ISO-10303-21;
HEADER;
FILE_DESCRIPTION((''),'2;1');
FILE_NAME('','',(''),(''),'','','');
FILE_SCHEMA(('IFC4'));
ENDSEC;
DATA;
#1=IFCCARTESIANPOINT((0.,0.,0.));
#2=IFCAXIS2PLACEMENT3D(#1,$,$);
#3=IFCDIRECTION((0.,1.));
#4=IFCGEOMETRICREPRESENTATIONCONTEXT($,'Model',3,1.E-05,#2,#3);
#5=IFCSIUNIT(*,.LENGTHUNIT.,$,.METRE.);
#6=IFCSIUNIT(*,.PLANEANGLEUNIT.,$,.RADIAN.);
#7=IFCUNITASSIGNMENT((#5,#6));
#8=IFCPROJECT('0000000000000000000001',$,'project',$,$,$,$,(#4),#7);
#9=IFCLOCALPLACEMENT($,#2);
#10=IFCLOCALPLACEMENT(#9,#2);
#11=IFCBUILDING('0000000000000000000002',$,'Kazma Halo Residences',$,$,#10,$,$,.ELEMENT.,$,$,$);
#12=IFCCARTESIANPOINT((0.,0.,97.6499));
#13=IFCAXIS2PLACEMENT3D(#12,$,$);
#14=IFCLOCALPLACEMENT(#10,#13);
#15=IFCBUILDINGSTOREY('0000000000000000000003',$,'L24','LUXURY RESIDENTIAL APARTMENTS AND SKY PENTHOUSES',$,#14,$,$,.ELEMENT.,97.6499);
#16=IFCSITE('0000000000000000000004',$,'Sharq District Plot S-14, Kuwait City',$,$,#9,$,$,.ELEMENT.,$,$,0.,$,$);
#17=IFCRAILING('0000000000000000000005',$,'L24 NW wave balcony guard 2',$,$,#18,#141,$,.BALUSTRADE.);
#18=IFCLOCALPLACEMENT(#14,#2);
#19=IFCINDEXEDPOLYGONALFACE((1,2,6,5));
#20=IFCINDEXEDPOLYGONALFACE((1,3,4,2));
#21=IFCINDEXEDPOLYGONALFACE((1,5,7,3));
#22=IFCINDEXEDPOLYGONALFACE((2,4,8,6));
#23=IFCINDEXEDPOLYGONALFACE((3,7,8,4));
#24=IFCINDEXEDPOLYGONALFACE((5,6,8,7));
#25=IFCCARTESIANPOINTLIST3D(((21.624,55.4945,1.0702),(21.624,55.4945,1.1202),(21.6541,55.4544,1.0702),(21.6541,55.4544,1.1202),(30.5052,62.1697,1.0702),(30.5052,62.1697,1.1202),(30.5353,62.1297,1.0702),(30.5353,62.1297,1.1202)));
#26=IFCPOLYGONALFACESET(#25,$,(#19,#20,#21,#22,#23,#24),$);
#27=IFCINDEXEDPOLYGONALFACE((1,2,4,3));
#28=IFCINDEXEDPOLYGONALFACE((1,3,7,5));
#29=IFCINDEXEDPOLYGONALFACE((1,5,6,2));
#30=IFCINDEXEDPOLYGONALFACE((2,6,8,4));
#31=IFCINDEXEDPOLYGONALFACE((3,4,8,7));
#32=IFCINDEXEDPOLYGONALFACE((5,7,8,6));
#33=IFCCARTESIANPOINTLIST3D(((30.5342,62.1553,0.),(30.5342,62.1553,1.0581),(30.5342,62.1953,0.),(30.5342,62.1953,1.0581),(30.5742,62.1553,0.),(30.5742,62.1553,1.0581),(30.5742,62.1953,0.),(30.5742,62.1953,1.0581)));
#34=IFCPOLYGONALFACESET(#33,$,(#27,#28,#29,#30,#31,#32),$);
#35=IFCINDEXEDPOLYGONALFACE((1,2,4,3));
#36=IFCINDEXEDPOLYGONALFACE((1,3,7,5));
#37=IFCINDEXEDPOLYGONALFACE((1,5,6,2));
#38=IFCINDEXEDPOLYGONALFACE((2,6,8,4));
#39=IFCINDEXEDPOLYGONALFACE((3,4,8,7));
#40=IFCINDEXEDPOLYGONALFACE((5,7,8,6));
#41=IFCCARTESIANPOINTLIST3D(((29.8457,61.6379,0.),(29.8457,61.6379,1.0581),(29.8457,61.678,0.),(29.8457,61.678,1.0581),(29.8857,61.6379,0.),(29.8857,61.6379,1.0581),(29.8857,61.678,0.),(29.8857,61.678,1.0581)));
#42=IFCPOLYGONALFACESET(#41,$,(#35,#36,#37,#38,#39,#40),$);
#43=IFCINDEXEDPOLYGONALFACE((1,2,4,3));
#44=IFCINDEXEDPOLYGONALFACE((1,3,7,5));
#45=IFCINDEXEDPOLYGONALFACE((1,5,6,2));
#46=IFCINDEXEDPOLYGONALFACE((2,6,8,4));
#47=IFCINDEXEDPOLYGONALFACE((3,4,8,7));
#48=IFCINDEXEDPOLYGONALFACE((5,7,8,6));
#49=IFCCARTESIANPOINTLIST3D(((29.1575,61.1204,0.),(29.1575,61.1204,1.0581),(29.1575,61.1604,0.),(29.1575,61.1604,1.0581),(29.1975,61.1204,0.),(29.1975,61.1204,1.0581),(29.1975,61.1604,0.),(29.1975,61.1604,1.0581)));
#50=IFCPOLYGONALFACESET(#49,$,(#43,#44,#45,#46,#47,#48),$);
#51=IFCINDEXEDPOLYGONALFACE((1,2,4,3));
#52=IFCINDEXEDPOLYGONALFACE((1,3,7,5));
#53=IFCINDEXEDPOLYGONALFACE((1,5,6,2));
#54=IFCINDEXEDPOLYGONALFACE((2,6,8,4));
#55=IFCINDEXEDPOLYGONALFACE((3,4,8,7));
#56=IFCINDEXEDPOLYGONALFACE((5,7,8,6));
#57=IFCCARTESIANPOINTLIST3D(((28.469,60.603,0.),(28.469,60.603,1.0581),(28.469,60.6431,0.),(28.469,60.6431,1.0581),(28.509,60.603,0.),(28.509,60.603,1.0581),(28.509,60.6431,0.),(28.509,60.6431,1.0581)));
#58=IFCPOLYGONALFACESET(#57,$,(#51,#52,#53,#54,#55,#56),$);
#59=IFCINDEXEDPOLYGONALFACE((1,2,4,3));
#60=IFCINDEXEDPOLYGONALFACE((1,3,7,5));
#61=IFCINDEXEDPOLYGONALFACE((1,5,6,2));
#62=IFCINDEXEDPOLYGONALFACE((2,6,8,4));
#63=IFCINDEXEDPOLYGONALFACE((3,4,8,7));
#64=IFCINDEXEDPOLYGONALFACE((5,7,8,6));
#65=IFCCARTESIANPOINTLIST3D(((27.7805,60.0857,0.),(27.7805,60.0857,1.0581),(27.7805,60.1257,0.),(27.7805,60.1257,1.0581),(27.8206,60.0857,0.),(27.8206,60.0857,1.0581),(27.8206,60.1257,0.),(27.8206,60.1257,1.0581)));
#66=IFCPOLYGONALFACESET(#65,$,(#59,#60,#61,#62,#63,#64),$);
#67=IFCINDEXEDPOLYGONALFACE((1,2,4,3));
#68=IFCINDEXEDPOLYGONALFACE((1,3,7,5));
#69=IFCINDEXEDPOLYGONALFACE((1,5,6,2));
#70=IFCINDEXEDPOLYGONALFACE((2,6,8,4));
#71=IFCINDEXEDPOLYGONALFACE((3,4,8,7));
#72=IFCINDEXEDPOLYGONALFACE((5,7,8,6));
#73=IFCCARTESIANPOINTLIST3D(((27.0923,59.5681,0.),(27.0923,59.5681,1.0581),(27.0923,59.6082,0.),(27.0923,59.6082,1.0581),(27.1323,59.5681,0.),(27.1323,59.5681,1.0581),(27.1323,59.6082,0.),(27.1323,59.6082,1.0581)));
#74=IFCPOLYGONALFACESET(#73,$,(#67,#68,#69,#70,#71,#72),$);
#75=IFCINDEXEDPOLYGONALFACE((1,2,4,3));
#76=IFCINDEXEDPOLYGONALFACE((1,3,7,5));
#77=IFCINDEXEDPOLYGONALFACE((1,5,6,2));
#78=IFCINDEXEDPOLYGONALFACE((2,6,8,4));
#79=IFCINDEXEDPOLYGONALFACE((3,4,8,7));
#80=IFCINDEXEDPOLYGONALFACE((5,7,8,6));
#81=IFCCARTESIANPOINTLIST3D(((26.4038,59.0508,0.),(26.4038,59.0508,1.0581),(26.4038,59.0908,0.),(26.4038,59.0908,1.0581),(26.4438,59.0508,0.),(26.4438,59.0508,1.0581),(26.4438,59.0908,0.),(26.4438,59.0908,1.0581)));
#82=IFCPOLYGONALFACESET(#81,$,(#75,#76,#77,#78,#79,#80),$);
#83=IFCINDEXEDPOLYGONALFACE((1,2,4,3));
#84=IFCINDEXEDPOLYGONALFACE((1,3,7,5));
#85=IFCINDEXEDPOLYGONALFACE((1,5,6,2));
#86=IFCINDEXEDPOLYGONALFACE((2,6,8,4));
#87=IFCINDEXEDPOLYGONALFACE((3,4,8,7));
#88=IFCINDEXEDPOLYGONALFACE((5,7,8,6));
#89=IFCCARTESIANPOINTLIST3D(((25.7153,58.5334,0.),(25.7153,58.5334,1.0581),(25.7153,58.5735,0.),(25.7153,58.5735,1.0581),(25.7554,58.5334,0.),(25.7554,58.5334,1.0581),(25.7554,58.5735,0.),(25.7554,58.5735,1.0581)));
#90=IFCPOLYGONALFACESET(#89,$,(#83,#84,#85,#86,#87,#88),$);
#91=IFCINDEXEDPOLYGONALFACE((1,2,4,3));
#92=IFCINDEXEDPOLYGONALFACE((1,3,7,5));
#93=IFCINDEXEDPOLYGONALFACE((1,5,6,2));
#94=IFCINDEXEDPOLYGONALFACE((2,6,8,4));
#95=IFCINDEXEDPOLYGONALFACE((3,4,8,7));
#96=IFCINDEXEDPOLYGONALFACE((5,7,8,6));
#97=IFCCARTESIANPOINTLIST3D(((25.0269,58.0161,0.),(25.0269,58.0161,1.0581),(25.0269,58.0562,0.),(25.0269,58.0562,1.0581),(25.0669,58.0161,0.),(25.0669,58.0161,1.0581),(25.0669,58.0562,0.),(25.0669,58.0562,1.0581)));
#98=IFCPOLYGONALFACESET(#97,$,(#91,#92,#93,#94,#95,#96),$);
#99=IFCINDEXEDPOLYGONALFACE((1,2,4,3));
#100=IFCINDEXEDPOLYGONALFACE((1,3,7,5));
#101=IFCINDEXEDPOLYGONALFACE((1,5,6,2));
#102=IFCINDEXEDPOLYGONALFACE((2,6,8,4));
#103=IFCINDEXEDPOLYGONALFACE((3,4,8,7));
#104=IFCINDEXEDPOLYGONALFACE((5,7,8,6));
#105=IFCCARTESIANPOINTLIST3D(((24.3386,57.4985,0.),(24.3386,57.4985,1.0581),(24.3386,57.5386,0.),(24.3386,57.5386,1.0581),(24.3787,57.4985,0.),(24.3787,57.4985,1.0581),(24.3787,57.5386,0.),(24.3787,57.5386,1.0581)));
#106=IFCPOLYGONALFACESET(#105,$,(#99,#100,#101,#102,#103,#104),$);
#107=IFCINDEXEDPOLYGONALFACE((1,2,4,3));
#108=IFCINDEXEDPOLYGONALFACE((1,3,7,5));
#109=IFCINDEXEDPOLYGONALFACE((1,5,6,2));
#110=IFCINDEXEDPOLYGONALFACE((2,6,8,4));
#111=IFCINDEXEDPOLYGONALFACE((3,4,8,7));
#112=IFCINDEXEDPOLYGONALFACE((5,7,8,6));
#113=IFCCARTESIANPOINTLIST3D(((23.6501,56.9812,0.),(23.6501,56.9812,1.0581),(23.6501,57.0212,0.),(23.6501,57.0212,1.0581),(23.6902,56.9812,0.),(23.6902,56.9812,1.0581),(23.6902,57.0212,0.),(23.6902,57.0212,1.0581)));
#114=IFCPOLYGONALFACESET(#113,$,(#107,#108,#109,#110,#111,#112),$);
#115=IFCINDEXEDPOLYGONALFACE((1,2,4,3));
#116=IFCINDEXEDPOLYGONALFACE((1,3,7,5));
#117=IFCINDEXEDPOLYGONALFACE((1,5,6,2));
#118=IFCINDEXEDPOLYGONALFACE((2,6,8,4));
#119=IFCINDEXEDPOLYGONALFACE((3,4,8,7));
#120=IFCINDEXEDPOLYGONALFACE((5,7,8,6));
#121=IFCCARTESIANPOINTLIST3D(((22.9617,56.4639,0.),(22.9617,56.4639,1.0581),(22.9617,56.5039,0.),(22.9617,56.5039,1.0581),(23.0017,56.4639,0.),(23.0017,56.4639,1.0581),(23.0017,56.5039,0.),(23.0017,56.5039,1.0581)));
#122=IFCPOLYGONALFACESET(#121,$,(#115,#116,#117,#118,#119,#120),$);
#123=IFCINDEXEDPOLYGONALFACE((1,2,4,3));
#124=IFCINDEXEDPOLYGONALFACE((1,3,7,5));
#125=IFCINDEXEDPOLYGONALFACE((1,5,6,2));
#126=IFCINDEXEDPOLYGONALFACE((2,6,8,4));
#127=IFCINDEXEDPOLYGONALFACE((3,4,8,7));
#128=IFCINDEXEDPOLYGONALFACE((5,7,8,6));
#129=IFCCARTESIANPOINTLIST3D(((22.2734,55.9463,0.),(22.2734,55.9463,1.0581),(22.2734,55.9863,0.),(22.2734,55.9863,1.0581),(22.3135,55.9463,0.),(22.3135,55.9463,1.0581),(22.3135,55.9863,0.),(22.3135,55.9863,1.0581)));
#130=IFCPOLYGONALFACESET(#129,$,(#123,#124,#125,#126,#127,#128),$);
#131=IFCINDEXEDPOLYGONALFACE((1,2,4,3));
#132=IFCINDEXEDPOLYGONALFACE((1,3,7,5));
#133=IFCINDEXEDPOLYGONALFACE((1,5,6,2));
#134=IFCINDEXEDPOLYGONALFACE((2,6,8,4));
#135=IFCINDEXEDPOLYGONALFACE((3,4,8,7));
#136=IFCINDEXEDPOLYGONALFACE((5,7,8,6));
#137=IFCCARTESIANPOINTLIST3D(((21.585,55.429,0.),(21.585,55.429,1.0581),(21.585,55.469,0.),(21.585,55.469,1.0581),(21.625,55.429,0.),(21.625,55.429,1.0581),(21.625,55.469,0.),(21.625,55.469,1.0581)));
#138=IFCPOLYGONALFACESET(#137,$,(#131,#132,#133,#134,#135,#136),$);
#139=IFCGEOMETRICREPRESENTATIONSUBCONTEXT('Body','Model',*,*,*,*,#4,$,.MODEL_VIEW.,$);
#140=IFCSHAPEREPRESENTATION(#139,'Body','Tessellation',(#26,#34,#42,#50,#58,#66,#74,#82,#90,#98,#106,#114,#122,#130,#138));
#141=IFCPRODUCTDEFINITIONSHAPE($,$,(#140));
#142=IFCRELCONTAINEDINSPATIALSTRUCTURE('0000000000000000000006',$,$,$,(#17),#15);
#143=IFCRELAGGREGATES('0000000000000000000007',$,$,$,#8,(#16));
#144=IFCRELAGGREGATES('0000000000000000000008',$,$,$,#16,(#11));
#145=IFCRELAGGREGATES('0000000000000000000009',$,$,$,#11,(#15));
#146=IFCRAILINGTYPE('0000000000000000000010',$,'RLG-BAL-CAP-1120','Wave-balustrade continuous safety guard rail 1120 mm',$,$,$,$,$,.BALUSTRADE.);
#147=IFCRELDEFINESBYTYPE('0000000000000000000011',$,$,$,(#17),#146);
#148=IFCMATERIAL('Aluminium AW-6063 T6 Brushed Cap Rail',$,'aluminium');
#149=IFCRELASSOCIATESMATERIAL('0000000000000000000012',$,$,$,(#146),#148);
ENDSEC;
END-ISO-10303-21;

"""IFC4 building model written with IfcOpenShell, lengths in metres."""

from ifc_helpers import new_model, si_unit, direction, frame, origin, origin_2d, place, context, subcontext, project, spatial, rectangle, extrude, material, type_object, element, save


model = new_model("IFC4")

# Units and contexts
model_context = context("Model", 3, precision=1e-05, world=origin(), true_north=direction((0.0, 1.0)))
body_context = subcontext(model_context, "Body", "Model", "MODEL_VIEW")
ifc_project = project(units=[si_unit("LENGTHUNIT", "METRE"), si_unit("PLANEANGLEUNIT", "RADIAN")], contexts=[model_context])

# Site, building, storey
site_placement = place(None, origin())
site = spatial("IfcSite", under=ifc_project, at=site_placement, Name="Sharq District Plot S-14, Kuwait City", CompositionType="ELEMENT", RefElevation=0.0)
building_placement = place(site_placement, origin())
building = spatial("IfcBuilding", under=site, at=building_placement, Name="Kazma Halo Residences", CompositionType="ELEMENT")
storey_placement = place(building_placement, frame((0.0, 0.0, 97.6499)))
storey = spatial("IfcBuildingStorey", under=building, at=storey_placement, Name="L24", Description="LUXURY RESIDENTIAL APARTMENTS AND SKY PENTHOUSES", CompositionType="ELEMENT", Elevation=97.6499)

# Railing
ifc_material_1 = material(Name="Aluminium AW-6063 T6 Brushed Cap Rail", Category="aluminium")
railing_type = type_object("IfcRailingType", Name="RLG-BAL-CAP-1120", Description="Wave-balustrade continuous safety guard rail 1120 mm", PredefinedType="BALUSTRADE", material=ifc_material_1)
railing_1_placement = place(storey_placement, frame((30.5542, 62.1753, 0.0)))
element("IfcRailing", 1, at=railing_1_placement, inside=storey, type_object=railing_type, Name="L24 NW wave balcony guard 2", PredefinedType="BALUSTRADE", context=body_context, shape_type="SweptSolid", body=[
    extrude(rectangle(XDim=0.05, YDim=0.05, at=origin_2d()), frame((-0.0339, -0.0256, 1.0952), z_axis=(-0.799382, -0.600823, 0.0), x_axis=(0.600823, -0.799382, 0.0)), (0.0, 0.0, 1.0), 11.1101),
    extrude(rectangle(XDim=0.04, YDim=0.04, at=origin_2d()), origin(), (0.0, 0.0, 1.0), 1.0581),
    extrude(rectangle(XDim=0.04, YDim=0.04, at=origin_2d()), frame((-0.6885, -0.5173, 0.0)), (0.0, 0.0, 1.0), 1.0581),
    extrude(rectangle(XDim=0.04, YDim=0.04, at=origin_2d()), frame((-1.3767, -1.0349, 0.0)), (0.0, 0.0, 1.0), 1.0581),
    extrude(rectangle(XDim=0.04, YDim=0.04, at=origin_2d()), frame((-2.0652, -1.5522, 0.0)), (0.0, 0.0, 1.0), 1.0581),
    extrude(rectangle(XDim=0.04, YDim=0.04, at=origin_2d()), frame((-2.7537, -2.0696, 0.0)), (0.0, 0.0, 1.0), 1.0581),
    extrude(rectangle(XDim=0.04, YDim=0.04, at=origin_2d()), frame((-3.4419, -2.5872, 0.0)), (0.0, 0.0, 1.0), 1.0581),
    extrude(rectangle(XDim=0.04, YDim=0.04, at=origin_2d()), frame((-4.1304, -3.1045, 0.0)), (0.0, 0.0, 1.0), 1.0581),
    extrude(rectangle(XDim=0.04, YDim=0.04, at=origin_2d()), frame((-4.8188, -3.6218, 0.0)), (0.0, 0.0, 1.0), 1.0581),
    extrude(rectangle(XDim=0.04, YDim=0.04, at=origin_2d()), frame((-5.5073, -4.1392, 0.0)), (0.0, 0.0, 1.0), 1.0581),
    extrude(rectangle(XDim=0.04, YDim=0.04, at=origin_2d()), frame((-6.1956, -4.6567, 0.0)), (0.0, 0.0, 1.0), 1.0581),
    extrude(rectangle(XDim=0.04, YDim=0.04, at=origin_2d()), frame((-6.884, -5.1741, 0.0)), (0.0, 0.0, 1.0), 1.0581),
    extrude(rectangle(XDim=0.04, YDim=0.04, at=origin_2d()), frame((-7.5725, -5.6914, 0.0)), (0.0, 0.0, 1.0), 1.0581),
    extrude(rectangle(XDim=0.04, YDim=0.04, at=origin_2d()), frame((-8.2607, -6.209, 0.0)), (0.0, 0.0, 1.0), 1.0581),
    extrude(rectangle(XDim=0.04, YDim=0.04, at=origin_2d()), frame((-8.9492, -6.7263, 0.0)), (0.0, 0.0, 1.0), 1.0581),
])

save(model, "model.ifc")
